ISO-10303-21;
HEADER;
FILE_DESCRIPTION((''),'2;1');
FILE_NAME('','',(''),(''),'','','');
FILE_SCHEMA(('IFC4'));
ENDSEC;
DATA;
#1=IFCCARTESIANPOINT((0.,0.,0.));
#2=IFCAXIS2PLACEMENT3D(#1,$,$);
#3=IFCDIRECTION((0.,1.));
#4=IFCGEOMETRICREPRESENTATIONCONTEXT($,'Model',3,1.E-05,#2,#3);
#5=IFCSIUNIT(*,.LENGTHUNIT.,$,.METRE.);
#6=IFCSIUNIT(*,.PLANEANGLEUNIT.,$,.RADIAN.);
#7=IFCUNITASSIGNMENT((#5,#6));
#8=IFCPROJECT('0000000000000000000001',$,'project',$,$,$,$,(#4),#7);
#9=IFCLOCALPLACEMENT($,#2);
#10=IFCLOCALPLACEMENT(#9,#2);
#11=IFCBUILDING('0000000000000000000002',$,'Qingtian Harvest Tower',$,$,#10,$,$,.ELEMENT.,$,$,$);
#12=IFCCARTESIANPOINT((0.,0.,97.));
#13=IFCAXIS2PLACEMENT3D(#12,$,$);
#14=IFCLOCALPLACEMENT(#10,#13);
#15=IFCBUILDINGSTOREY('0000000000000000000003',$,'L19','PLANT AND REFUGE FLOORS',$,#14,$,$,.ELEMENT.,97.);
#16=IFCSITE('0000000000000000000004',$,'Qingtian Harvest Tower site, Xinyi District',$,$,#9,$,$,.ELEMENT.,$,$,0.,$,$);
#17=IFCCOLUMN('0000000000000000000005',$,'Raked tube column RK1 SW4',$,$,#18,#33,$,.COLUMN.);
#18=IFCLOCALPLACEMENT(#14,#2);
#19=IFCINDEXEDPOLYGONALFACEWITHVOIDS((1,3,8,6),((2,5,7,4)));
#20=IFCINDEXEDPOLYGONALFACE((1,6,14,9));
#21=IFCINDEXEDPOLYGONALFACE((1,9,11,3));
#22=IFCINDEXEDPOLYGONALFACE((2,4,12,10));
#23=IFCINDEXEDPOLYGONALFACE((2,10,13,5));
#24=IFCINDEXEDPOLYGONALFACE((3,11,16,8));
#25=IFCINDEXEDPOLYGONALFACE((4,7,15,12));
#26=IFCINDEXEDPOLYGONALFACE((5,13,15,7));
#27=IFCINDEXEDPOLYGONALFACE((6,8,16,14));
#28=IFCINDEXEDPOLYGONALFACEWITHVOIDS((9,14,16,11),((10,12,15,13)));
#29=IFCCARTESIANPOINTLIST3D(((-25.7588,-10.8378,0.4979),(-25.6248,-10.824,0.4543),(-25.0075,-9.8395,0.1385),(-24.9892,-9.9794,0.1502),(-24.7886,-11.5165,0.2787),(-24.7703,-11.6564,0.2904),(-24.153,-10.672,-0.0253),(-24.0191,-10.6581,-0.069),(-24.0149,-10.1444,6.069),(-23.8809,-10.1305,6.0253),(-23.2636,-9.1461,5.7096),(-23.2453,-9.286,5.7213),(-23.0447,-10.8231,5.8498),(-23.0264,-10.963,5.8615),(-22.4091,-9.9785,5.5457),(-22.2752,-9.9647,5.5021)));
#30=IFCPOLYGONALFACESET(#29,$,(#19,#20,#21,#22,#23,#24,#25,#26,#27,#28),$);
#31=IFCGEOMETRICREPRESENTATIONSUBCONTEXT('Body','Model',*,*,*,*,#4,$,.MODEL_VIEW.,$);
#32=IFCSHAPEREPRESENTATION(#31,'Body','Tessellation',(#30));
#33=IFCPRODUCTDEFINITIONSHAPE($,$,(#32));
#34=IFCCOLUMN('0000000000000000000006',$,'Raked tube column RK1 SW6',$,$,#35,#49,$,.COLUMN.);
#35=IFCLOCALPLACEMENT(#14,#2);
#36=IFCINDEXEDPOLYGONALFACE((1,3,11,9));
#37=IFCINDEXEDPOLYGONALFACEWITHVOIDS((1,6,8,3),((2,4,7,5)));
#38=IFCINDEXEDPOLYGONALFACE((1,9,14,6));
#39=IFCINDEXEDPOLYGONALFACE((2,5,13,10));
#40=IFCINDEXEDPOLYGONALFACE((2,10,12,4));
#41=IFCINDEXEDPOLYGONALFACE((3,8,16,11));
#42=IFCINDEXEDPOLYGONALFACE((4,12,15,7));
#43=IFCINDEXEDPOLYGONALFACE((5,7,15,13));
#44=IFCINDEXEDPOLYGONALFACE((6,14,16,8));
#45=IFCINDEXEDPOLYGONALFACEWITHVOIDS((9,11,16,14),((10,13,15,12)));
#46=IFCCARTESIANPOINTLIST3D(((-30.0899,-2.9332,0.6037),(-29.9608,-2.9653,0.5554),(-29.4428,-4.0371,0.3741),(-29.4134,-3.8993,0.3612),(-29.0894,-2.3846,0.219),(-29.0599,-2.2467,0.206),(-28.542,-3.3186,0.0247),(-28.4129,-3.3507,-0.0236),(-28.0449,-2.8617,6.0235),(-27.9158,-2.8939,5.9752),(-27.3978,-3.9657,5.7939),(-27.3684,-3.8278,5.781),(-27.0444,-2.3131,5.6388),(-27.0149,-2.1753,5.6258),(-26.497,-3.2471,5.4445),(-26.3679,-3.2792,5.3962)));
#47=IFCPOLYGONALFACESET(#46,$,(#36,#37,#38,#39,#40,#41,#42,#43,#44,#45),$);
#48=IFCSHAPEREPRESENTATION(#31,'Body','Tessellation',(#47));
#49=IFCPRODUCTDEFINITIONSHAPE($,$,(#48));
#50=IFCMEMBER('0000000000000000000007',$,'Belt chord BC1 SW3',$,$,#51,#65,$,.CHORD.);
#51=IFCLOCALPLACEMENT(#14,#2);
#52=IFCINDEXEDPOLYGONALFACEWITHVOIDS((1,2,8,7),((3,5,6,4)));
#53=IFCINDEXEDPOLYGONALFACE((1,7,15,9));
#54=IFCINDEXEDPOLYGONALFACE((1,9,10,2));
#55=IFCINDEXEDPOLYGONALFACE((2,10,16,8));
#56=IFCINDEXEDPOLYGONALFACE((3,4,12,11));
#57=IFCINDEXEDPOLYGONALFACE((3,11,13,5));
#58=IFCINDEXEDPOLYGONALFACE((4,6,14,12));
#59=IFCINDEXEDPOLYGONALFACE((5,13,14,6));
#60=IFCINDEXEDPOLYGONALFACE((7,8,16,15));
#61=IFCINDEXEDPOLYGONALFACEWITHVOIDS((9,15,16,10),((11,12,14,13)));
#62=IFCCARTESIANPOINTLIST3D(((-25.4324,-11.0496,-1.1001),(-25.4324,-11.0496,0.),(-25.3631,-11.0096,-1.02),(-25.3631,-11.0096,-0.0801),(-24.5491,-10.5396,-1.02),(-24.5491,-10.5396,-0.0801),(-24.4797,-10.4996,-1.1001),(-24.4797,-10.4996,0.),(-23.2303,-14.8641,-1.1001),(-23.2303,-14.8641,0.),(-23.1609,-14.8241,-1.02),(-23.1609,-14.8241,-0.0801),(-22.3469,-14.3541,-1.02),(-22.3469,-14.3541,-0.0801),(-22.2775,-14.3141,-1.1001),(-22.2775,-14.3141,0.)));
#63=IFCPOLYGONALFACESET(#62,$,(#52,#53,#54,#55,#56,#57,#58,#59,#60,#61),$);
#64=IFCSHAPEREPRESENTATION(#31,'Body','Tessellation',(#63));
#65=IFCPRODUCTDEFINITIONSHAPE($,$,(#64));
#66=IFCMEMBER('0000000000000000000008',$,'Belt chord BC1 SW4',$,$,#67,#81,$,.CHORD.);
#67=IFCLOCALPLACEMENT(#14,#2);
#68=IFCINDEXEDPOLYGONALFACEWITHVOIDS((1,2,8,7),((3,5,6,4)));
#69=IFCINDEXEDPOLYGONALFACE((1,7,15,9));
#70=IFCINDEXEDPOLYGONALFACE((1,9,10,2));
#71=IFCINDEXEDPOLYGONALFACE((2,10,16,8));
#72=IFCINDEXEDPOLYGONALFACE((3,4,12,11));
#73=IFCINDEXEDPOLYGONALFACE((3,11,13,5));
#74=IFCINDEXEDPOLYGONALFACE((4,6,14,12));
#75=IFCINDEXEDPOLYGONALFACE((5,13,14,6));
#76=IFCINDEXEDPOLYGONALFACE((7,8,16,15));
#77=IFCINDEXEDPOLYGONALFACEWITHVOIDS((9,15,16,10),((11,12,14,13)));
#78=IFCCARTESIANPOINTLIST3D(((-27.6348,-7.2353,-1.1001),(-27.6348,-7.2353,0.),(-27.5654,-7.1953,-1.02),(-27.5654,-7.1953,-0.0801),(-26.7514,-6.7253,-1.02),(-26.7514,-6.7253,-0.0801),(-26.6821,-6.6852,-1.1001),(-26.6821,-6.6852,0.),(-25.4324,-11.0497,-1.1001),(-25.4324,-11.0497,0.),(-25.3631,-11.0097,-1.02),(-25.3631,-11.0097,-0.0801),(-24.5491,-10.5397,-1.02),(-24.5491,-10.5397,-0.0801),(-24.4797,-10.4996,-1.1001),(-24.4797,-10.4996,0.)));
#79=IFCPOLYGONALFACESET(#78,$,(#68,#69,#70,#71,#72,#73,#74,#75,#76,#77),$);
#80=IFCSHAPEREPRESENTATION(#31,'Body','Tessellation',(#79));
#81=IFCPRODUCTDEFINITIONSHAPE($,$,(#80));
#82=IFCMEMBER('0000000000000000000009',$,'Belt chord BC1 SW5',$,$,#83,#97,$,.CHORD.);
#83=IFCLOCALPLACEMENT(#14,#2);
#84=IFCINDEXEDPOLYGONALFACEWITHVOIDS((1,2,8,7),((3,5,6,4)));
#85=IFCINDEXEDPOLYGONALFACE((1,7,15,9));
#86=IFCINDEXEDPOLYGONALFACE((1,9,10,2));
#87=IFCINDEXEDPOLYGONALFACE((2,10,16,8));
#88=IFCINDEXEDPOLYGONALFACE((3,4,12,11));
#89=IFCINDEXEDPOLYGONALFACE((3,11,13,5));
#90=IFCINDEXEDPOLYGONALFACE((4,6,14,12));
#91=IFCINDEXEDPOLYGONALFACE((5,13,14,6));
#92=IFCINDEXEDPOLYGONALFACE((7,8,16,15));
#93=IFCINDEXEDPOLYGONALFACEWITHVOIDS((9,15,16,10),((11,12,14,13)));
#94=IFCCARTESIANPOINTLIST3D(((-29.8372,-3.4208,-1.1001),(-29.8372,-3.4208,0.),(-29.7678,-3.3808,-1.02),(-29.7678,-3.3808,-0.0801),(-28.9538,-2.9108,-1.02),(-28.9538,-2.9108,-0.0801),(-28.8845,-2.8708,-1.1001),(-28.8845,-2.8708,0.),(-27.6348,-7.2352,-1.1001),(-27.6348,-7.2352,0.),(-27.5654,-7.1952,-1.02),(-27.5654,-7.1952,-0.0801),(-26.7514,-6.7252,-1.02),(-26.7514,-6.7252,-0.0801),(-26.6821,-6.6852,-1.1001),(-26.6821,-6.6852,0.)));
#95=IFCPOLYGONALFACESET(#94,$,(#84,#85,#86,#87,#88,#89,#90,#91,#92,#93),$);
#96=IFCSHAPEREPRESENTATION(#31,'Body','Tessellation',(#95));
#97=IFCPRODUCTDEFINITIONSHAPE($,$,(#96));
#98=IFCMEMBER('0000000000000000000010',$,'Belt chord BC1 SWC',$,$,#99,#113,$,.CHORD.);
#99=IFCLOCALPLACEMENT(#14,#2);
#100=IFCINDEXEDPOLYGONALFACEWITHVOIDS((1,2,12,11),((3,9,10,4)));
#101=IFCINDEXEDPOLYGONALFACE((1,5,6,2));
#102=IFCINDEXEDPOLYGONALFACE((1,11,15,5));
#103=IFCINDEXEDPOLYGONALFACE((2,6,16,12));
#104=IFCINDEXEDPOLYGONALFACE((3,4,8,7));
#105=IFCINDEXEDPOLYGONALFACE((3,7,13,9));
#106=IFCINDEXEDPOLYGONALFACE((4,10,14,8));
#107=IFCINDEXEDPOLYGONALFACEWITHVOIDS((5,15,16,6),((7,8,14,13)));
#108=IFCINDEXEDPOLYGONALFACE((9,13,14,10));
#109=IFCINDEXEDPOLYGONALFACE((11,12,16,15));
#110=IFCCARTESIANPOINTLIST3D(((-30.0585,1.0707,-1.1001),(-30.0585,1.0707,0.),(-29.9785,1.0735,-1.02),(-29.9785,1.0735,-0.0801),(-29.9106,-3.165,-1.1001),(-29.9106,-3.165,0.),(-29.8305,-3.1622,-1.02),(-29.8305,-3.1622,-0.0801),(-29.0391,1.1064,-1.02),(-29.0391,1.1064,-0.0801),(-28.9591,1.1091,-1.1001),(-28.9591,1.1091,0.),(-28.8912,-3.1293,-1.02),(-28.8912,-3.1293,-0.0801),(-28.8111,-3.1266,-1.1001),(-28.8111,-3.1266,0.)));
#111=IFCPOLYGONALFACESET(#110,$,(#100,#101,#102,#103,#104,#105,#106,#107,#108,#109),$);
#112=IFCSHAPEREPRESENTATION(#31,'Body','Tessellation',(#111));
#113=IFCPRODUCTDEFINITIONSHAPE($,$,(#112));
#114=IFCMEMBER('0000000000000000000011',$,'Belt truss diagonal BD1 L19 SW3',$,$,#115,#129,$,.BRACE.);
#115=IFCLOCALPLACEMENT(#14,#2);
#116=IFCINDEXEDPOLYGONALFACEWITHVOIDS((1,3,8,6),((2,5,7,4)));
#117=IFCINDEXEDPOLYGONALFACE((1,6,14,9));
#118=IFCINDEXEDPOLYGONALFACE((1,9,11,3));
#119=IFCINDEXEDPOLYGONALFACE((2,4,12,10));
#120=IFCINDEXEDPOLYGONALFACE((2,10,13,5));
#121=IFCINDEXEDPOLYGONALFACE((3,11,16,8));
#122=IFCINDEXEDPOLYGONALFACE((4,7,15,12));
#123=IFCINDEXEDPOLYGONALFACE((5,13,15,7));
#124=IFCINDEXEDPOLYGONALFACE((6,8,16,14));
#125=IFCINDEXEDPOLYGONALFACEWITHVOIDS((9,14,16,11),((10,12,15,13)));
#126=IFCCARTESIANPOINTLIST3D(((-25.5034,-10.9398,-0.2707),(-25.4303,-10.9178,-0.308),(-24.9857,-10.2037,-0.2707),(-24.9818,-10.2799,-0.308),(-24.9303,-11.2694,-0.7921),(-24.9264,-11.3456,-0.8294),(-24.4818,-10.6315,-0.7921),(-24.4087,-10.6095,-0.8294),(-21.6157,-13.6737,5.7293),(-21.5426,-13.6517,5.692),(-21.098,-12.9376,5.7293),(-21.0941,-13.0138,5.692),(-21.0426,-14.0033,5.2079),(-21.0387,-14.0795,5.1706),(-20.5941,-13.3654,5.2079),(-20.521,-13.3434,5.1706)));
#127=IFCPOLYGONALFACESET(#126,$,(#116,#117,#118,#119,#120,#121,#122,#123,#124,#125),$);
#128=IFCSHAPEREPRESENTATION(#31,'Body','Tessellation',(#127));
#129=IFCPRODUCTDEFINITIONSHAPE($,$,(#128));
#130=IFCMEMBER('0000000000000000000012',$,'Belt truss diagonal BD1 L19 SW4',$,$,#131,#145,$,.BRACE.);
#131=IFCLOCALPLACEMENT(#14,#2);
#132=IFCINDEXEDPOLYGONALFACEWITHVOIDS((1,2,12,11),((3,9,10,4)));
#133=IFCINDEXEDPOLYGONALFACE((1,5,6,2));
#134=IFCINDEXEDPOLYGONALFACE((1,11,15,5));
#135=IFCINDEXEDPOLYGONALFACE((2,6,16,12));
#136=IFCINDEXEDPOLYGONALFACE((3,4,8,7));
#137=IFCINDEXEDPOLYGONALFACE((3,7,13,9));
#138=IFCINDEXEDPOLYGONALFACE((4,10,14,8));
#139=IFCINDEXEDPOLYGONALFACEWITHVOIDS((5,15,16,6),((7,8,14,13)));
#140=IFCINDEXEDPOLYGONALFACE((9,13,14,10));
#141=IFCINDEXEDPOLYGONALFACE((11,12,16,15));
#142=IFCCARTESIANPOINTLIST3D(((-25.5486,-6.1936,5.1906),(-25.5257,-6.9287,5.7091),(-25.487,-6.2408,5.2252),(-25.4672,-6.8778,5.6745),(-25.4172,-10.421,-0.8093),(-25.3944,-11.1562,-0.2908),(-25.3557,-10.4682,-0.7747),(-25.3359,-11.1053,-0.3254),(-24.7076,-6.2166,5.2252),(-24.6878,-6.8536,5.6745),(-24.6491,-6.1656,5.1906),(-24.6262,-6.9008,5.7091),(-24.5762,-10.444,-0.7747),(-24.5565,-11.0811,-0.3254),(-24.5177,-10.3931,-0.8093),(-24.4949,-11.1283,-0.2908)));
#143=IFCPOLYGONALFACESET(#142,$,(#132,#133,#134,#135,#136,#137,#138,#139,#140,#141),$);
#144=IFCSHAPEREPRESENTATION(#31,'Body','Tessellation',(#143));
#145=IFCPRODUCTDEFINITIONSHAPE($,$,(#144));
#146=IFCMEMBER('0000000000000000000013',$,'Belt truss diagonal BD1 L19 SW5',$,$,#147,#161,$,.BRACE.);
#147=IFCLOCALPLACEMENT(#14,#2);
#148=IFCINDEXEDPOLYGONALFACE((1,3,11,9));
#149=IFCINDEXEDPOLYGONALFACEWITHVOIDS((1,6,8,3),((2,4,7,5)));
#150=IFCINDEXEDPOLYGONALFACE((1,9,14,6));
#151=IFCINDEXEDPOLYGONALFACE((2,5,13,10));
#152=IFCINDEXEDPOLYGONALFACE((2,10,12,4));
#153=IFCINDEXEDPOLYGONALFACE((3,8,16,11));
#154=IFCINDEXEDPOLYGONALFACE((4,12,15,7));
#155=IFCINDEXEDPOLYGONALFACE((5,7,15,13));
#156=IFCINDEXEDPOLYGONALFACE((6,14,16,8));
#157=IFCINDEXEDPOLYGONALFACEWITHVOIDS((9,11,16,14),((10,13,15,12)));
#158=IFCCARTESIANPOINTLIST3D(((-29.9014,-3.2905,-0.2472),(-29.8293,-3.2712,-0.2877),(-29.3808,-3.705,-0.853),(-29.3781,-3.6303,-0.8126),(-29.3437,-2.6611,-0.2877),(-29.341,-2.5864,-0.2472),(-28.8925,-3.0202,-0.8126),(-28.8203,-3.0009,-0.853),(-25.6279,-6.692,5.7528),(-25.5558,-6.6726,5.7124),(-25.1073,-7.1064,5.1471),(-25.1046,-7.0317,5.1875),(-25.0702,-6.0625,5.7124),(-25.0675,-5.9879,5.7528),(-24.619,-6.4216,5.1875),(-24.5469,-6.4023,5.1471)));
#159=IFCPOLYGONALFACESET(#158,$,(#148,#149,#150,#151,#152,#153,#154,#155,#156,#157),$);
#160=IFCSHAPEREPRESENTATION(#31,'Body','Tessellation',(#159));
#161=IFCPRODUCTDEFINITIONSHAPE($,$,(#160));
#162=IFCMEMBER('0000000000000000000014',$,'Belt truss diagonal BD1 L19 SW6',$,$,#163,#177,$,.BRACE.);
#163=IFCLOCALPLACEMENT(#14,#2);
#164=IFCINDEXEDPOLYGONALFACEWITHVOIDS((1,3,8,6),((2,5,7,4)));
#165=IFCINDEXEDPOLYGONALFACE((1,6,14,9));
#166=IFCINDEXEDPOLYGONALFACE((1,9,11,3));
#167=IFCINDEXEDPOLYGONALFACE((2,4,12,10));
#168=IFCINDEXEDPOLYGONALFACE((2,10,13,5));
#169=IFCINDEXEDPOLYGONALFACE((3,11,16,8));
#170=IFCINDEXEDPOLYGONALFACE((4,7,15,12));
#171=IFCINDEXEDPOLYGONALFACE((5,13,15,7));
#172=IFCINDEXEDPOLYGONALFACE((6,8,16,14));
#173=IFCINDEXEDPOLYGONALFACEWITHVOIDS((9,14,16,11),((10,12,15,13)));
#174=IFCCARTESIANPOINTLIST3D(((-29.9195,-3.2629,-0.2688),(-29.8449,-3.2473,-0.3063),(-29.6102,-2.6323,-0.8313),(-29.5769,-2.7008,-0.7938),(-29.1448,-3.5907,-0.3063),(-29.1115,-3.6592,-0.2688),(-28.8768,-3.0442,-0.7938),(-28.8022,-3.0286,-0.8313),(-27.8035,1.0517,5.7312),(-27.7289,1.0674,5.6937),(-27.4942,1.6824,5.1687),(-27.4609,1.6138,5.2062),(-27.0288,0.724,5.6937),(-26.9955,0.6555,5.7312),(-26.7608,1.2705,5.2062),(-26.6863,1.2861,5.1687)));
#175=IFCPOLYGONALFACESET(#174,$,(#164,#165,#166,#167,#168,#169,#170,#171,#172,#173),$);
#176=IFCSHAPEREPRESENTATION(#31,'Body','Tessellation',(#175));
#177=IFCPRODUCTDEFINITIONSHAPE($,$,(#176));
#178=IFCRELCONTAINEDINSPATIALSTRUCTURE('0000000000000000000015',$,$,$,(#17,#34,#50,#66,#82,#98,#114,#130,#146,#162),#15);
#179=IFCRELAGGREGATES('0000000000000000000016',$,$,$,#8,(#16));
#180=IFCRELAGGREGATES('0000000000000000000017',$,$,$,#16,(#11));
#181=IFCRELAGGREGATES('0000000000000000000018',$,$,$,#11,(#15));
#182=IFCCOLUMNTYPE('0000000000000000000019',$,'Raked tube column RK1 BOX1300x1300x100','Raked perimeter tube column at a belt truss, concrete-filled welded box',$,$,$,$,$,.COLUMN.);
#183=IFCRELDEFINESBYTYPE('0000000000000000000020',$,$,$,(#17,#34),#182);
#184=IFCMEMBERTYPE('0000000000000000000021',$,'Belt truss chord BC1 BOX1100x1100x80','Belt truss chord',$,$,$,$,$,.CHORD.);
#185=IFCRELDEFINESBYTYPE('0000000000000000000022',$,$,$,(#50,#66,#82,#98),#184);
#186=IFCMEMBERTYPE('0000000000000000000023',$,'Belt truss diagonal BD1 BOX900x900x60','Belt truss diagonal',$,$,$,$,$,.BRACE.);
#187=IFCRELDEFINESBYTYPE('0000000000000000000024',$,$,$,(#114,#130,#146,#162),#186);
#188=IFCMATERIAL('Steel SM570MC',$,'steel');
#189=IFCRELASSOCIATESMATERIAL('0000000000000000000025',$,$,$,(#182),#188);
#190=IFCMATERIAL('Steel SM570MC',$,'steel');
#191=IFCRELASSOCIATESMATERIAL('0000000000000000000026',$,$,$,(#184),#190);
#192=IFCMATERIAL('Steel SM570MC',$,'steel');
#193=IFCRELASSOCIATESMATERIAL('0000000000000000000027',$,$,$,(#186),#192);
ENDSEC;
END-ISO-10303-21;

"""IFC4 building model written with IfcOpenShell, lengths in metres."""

from ifc_helpers import new_model, si_unit, direction, frame, origin, origin_2d, place, context, subcontext, project, spatial, hollow_rectangle, extrude, clip, halfspace, material, material_profile, profile_set, type_object, element, save


model = new_model("IFC4")

# Units and contexts
model_context = context("Model", 3, precision=1e-05, world=origin(), true_north=direction((0.0, 1.0)))
body_context = subcontext(model_context, "Body", "Model", "MODEL_VIEW")
ifc_project = project(units=[si_unit("LENGTHUNIT", "METRE"), si_unit("PLANEANGLEUNIT", "RADIAN")], contexts=[model_context])

# Site, building, storey
site_placement = place(None, origin())
site = spatial("IfcSite", under=ifc_project, at=site_placement, Name="Qingtian Harvest Tower site, Xinyi District", CompositionType="ELEMENT", RefElevation=0.0)
building_placement = place(site_placement, origin())
building = spatial("IfcBuilding", under=site, at=building_placement, Name="Qingtian Harvest Tower", CompositionType="ELEMENT")
storey_placement = place(building_placement, frame((0.0, 0.0, 97.0)))
storey = spatial("IfcBuildingStorey", under=building, at=storey_placement, Name="L19", Description="PLANT AND REFUGE FLOORS", CompositionType="ELEMENT", Elevation=97.0)

# Columns
ifc_material_1 = material(Name="Steel SM570MC", Category="steel")
ifc_material_profile_1 = material_profile(ifc_material_1, hollow_rectangle(XDim=1.3, YDim=1.3, WallThickness=0.1001, at=origin_2d()), Name="BOX1300x1300x100")
ifc_profile_set_1 = profile_set([ifc_material_profile_1], Name="Steel SM570MC")
column_type = type_object("IfcColumnType", Name="Raked tube column RK1 BOX1300x1300x100", Description="Raked perimeter tube column at a belt truss, concrete-filled welded box", PredefinedType="COLUMN", material=ifc_profile_set_1)
column_1_placement = place(storey_placement, frame((-24.9561, -10.7747, 0.0), z_axis=(0.296649, 0.117958, 0.947674), x_axis=(0.577883, 0.767864, -0.276471)))
element("IfcColumn", 1, at=column_1_placement, inside=storey, type_object=column_type, Name="Raked tube column RK1 SW4", PredefinedType="COLUMN", context=body_context, shape_type="Clipping", body=[
    clip(clip(extrude(hollow_rectangle(XDim=1.3, YDim=1.3, WallThickness=0.1001, at=origin_2d()), origin(), (0.0, 0.0, 1.0), 6.3313), halfspace(frame((0.0, 0.0, 0.2263), z_axis=(0.0, 0.0, -1.0), x_axis=(0.0, -1.0, 0.0)), False)), halfspace(frame((0.0, 0.0, 6.105), z_axis=(0.0, 0.0, 1.0), x_axis=(0.0, 1.0, 0.0)), False)),
])
column_2_placement = place(storey_placement, frame((-29.3608, -3.1458, 0.0), z_axis=(0.352998, 0.012334, 0.935543), x_axis=(0.79225, 0.527986, -0.305892)))
element("IfcColumn", 2, at=column_2_placement, inside=storey, type_object=column_type, Name="Raked tube column RK1 SW6", PredefinedType="COLUMN", context=body_context, shape_type="Clipping", body=[
    clip(clip(extrude(hollow_rectangle(XDim=1.3, YDim=1.3, WallThickness=0.1001, at=origin_2d()), origin(), (0.0, 0.0, 1.0), 6.4133), halfspace(frame((0.0, 0.0, 0.3101), z_axis=(0.0, 0.0, -1.0), x_axis=(0.0, -1.0, 0.0)), False)), halfspace(frame((0.0, 0.0, 6.1033), z_axis=(0.0, 0.0, 1.0), x_axis=(0.0, 1.0, 0.0)), False)),
])

# Members
ifc_material_2 = material(Name="Steel SM570MC", Category="steel")
ifc_material_profile_2 = material_profile(ifc_material_2, hollow_rectangle(XDim=1.1001, YDim=1.1001, WallThickness=0.0801, at=origin_2d()), Name="BOX1100x1100x80")
ifc_profile_set_2 = profile_set([ifc_material_profile_2], Name="Steel SM570MC")
member_type_1 = type_object("IfcMemberType", Name="Belt truss chord BC1 BOX1100x1100x80", Description="Belt truss chord", PredefinedType="CHORD", material=ifc_profile_set_2)
for number, where, z_axis, x_axis, name in (
    (3, (-22.7539, -14.5891, -0.55), (-0.499978, 0.866038, 0.0), (-0.866038, -0.499978, 0.0), "Belt chord BC1 SW3"),
    (4, (-24.9561, -10.7747, -0.55), (-0.50002, 0.866014, 0.0), (-0.866014, -0.50002, 0.0), "Belt chord BC1 SW4"),
    (5, (-27.1584, -6.9602, -0.55), (-0.50002, 0.866014, 0.0), (-0.866014, -0.50002, 0.0), "Belt chord BC1 SW5"),
):
    element("IfcMember", number, at=place(storey_placement, frame(where, z_axis=z_axis, x_axis=x_axis)), inside=storey, type_object=member_type_1, Name=name, PredefinedType="CHORD", context=body_context, shape_type="SweptSolid", body=[
        extrude(hollow_rectangle(XDim=1.1001, YDim=1.1001, WallThickness=0.0801, at=origin_2d()), origin(), (0.0, 0.0, 1.0), 4.4045),
    ])
member_1_placement = place(storey_placement, frame((-29.3608, -3.1458, -0.55), z_axis=(-0.034909, 0.999391, 0.0), x_axis=(-0.999391, -0.034909, 0.0)))
element("IfcMember", 6, at=member_1_placement, inside=storey, type_object=member_type_1, Name="Belt chord BC1 SWC", PredefinedType="CHORD", context=body_context, shape_type="SweptSolid", body=[
    extrude(hollow_rectangle(XDim=1.1001, YDim=1.1001, WallThickness=0.0801, at=origin_2d()), origin(), (0.0, 0.0, 1.0), 4.2383),
])
ifc_material_3 = material(Name="Steel SM570MC", Category="steel")
ifc_material_profile_3 = material_profile(ifc_material_3, hollow_rectangle(XDim=0.8999, YDim=0.8999, WallThickness=0.0601, at=origin_2d()), Name="BOX900x900x60")
ifc_profile_set_3 = profile_set([ifc_material_profile_3], Name="Steel SM570MC")
member_type_2 = type_object("IfcMemberType", Name="Belt truss diagonal BD1 BOX900x900x60", Description="Belt truss diagonal", PredefinedType="BRACE", material=ifc_profile_set_3)
member_2_placement = place(storey_placement, frame((-21.0684, -13.5085, 5.45), z_axis=(-0.50791, 0.35717, -0.783873), x_axis=(-0.575226, -0.817994, 0.0)))
element("IfcMember", 7, at=member_2_placement, inside=storey, type_object=member_type_2, Name="Belt truss diagonal BD1 L19 SW3", PredefinedType="BRACE", context=body_context, shape_type="SweptSolid", body=[
    extrude(hollow_rectangle(XDim=0.8999, YDim=0.8999, WallThickness=0.0601, at=origin_2d()), origin(), (0.0, 0.0, 1.0), 7.6543),
])
member_3_placement = place(storey_placement, frame((-24.9561, -10.7747, -0.55), z_axis=(-0.017892, 0.575886, 0.817334), x_axis=(-0.999518, -0.031055, 0.0)))
element("IfcMember", 8, at=member_3_placement, inside=storey, type_object=member_type_2, Name="Belt truss diagonal BD1 L19 SW4", PredefinedType="BRACE", context=body_context, shape_type="SweptSolid", body=[
    extrude(hollow_rectangle(XDim=0.8999, YDim=0.8999, WallThickness=0.0601, at=origin_2d()), origin(), (0.0, 0.0, 1.0), 7.3408),
])
member_4_placement = place(storey_placement, frame((-25.0874, -6.5471, 5.45), z_axis=(-0.526696, 0.419215, -0.739493), x_axis=(-0.622753, -0.782419, 0.0)))
element("IfcMember", 9, at=member_4_placement, inside=storey, type_object=member_type_2, Name="Belt truss diagonal BD1 L19 SW5", PredefinedType="BRACE", context=body_context, shape_type="SweptSolid", body=[
    extrude(hollow_rectangle(XDim=0.8999, YDim=0.8999, WallThickness=0.0601, at=origin_2d()), origin(), (0.0, 0.0, 1.0), 8.1138),
])
member_5_placement = place(storey_placement, frame((-29.3608, -3.1458, -0.55), z_axis=(0.275256, 0.561279, 0.780512), x_axis=(-0.897845, 0.440311, 0.0)))
element("IfcMember", 10, at=member_5_placement, inside=storey, type_object=member_type_2, Name="Belt truss diagonal BD1 L19 SW6", PredefinedType="BRACE", context=body_context, shape_type="SweptSolid", body=[
    extrude(hollow_rectangle(XDim=0.8999, YDim=0.8999, WallThickness=0.0601, at=origin_2d()), origin(), (0.0, 0.0, 1.0), 7.6873),
])

save(model, "model.ifc")
